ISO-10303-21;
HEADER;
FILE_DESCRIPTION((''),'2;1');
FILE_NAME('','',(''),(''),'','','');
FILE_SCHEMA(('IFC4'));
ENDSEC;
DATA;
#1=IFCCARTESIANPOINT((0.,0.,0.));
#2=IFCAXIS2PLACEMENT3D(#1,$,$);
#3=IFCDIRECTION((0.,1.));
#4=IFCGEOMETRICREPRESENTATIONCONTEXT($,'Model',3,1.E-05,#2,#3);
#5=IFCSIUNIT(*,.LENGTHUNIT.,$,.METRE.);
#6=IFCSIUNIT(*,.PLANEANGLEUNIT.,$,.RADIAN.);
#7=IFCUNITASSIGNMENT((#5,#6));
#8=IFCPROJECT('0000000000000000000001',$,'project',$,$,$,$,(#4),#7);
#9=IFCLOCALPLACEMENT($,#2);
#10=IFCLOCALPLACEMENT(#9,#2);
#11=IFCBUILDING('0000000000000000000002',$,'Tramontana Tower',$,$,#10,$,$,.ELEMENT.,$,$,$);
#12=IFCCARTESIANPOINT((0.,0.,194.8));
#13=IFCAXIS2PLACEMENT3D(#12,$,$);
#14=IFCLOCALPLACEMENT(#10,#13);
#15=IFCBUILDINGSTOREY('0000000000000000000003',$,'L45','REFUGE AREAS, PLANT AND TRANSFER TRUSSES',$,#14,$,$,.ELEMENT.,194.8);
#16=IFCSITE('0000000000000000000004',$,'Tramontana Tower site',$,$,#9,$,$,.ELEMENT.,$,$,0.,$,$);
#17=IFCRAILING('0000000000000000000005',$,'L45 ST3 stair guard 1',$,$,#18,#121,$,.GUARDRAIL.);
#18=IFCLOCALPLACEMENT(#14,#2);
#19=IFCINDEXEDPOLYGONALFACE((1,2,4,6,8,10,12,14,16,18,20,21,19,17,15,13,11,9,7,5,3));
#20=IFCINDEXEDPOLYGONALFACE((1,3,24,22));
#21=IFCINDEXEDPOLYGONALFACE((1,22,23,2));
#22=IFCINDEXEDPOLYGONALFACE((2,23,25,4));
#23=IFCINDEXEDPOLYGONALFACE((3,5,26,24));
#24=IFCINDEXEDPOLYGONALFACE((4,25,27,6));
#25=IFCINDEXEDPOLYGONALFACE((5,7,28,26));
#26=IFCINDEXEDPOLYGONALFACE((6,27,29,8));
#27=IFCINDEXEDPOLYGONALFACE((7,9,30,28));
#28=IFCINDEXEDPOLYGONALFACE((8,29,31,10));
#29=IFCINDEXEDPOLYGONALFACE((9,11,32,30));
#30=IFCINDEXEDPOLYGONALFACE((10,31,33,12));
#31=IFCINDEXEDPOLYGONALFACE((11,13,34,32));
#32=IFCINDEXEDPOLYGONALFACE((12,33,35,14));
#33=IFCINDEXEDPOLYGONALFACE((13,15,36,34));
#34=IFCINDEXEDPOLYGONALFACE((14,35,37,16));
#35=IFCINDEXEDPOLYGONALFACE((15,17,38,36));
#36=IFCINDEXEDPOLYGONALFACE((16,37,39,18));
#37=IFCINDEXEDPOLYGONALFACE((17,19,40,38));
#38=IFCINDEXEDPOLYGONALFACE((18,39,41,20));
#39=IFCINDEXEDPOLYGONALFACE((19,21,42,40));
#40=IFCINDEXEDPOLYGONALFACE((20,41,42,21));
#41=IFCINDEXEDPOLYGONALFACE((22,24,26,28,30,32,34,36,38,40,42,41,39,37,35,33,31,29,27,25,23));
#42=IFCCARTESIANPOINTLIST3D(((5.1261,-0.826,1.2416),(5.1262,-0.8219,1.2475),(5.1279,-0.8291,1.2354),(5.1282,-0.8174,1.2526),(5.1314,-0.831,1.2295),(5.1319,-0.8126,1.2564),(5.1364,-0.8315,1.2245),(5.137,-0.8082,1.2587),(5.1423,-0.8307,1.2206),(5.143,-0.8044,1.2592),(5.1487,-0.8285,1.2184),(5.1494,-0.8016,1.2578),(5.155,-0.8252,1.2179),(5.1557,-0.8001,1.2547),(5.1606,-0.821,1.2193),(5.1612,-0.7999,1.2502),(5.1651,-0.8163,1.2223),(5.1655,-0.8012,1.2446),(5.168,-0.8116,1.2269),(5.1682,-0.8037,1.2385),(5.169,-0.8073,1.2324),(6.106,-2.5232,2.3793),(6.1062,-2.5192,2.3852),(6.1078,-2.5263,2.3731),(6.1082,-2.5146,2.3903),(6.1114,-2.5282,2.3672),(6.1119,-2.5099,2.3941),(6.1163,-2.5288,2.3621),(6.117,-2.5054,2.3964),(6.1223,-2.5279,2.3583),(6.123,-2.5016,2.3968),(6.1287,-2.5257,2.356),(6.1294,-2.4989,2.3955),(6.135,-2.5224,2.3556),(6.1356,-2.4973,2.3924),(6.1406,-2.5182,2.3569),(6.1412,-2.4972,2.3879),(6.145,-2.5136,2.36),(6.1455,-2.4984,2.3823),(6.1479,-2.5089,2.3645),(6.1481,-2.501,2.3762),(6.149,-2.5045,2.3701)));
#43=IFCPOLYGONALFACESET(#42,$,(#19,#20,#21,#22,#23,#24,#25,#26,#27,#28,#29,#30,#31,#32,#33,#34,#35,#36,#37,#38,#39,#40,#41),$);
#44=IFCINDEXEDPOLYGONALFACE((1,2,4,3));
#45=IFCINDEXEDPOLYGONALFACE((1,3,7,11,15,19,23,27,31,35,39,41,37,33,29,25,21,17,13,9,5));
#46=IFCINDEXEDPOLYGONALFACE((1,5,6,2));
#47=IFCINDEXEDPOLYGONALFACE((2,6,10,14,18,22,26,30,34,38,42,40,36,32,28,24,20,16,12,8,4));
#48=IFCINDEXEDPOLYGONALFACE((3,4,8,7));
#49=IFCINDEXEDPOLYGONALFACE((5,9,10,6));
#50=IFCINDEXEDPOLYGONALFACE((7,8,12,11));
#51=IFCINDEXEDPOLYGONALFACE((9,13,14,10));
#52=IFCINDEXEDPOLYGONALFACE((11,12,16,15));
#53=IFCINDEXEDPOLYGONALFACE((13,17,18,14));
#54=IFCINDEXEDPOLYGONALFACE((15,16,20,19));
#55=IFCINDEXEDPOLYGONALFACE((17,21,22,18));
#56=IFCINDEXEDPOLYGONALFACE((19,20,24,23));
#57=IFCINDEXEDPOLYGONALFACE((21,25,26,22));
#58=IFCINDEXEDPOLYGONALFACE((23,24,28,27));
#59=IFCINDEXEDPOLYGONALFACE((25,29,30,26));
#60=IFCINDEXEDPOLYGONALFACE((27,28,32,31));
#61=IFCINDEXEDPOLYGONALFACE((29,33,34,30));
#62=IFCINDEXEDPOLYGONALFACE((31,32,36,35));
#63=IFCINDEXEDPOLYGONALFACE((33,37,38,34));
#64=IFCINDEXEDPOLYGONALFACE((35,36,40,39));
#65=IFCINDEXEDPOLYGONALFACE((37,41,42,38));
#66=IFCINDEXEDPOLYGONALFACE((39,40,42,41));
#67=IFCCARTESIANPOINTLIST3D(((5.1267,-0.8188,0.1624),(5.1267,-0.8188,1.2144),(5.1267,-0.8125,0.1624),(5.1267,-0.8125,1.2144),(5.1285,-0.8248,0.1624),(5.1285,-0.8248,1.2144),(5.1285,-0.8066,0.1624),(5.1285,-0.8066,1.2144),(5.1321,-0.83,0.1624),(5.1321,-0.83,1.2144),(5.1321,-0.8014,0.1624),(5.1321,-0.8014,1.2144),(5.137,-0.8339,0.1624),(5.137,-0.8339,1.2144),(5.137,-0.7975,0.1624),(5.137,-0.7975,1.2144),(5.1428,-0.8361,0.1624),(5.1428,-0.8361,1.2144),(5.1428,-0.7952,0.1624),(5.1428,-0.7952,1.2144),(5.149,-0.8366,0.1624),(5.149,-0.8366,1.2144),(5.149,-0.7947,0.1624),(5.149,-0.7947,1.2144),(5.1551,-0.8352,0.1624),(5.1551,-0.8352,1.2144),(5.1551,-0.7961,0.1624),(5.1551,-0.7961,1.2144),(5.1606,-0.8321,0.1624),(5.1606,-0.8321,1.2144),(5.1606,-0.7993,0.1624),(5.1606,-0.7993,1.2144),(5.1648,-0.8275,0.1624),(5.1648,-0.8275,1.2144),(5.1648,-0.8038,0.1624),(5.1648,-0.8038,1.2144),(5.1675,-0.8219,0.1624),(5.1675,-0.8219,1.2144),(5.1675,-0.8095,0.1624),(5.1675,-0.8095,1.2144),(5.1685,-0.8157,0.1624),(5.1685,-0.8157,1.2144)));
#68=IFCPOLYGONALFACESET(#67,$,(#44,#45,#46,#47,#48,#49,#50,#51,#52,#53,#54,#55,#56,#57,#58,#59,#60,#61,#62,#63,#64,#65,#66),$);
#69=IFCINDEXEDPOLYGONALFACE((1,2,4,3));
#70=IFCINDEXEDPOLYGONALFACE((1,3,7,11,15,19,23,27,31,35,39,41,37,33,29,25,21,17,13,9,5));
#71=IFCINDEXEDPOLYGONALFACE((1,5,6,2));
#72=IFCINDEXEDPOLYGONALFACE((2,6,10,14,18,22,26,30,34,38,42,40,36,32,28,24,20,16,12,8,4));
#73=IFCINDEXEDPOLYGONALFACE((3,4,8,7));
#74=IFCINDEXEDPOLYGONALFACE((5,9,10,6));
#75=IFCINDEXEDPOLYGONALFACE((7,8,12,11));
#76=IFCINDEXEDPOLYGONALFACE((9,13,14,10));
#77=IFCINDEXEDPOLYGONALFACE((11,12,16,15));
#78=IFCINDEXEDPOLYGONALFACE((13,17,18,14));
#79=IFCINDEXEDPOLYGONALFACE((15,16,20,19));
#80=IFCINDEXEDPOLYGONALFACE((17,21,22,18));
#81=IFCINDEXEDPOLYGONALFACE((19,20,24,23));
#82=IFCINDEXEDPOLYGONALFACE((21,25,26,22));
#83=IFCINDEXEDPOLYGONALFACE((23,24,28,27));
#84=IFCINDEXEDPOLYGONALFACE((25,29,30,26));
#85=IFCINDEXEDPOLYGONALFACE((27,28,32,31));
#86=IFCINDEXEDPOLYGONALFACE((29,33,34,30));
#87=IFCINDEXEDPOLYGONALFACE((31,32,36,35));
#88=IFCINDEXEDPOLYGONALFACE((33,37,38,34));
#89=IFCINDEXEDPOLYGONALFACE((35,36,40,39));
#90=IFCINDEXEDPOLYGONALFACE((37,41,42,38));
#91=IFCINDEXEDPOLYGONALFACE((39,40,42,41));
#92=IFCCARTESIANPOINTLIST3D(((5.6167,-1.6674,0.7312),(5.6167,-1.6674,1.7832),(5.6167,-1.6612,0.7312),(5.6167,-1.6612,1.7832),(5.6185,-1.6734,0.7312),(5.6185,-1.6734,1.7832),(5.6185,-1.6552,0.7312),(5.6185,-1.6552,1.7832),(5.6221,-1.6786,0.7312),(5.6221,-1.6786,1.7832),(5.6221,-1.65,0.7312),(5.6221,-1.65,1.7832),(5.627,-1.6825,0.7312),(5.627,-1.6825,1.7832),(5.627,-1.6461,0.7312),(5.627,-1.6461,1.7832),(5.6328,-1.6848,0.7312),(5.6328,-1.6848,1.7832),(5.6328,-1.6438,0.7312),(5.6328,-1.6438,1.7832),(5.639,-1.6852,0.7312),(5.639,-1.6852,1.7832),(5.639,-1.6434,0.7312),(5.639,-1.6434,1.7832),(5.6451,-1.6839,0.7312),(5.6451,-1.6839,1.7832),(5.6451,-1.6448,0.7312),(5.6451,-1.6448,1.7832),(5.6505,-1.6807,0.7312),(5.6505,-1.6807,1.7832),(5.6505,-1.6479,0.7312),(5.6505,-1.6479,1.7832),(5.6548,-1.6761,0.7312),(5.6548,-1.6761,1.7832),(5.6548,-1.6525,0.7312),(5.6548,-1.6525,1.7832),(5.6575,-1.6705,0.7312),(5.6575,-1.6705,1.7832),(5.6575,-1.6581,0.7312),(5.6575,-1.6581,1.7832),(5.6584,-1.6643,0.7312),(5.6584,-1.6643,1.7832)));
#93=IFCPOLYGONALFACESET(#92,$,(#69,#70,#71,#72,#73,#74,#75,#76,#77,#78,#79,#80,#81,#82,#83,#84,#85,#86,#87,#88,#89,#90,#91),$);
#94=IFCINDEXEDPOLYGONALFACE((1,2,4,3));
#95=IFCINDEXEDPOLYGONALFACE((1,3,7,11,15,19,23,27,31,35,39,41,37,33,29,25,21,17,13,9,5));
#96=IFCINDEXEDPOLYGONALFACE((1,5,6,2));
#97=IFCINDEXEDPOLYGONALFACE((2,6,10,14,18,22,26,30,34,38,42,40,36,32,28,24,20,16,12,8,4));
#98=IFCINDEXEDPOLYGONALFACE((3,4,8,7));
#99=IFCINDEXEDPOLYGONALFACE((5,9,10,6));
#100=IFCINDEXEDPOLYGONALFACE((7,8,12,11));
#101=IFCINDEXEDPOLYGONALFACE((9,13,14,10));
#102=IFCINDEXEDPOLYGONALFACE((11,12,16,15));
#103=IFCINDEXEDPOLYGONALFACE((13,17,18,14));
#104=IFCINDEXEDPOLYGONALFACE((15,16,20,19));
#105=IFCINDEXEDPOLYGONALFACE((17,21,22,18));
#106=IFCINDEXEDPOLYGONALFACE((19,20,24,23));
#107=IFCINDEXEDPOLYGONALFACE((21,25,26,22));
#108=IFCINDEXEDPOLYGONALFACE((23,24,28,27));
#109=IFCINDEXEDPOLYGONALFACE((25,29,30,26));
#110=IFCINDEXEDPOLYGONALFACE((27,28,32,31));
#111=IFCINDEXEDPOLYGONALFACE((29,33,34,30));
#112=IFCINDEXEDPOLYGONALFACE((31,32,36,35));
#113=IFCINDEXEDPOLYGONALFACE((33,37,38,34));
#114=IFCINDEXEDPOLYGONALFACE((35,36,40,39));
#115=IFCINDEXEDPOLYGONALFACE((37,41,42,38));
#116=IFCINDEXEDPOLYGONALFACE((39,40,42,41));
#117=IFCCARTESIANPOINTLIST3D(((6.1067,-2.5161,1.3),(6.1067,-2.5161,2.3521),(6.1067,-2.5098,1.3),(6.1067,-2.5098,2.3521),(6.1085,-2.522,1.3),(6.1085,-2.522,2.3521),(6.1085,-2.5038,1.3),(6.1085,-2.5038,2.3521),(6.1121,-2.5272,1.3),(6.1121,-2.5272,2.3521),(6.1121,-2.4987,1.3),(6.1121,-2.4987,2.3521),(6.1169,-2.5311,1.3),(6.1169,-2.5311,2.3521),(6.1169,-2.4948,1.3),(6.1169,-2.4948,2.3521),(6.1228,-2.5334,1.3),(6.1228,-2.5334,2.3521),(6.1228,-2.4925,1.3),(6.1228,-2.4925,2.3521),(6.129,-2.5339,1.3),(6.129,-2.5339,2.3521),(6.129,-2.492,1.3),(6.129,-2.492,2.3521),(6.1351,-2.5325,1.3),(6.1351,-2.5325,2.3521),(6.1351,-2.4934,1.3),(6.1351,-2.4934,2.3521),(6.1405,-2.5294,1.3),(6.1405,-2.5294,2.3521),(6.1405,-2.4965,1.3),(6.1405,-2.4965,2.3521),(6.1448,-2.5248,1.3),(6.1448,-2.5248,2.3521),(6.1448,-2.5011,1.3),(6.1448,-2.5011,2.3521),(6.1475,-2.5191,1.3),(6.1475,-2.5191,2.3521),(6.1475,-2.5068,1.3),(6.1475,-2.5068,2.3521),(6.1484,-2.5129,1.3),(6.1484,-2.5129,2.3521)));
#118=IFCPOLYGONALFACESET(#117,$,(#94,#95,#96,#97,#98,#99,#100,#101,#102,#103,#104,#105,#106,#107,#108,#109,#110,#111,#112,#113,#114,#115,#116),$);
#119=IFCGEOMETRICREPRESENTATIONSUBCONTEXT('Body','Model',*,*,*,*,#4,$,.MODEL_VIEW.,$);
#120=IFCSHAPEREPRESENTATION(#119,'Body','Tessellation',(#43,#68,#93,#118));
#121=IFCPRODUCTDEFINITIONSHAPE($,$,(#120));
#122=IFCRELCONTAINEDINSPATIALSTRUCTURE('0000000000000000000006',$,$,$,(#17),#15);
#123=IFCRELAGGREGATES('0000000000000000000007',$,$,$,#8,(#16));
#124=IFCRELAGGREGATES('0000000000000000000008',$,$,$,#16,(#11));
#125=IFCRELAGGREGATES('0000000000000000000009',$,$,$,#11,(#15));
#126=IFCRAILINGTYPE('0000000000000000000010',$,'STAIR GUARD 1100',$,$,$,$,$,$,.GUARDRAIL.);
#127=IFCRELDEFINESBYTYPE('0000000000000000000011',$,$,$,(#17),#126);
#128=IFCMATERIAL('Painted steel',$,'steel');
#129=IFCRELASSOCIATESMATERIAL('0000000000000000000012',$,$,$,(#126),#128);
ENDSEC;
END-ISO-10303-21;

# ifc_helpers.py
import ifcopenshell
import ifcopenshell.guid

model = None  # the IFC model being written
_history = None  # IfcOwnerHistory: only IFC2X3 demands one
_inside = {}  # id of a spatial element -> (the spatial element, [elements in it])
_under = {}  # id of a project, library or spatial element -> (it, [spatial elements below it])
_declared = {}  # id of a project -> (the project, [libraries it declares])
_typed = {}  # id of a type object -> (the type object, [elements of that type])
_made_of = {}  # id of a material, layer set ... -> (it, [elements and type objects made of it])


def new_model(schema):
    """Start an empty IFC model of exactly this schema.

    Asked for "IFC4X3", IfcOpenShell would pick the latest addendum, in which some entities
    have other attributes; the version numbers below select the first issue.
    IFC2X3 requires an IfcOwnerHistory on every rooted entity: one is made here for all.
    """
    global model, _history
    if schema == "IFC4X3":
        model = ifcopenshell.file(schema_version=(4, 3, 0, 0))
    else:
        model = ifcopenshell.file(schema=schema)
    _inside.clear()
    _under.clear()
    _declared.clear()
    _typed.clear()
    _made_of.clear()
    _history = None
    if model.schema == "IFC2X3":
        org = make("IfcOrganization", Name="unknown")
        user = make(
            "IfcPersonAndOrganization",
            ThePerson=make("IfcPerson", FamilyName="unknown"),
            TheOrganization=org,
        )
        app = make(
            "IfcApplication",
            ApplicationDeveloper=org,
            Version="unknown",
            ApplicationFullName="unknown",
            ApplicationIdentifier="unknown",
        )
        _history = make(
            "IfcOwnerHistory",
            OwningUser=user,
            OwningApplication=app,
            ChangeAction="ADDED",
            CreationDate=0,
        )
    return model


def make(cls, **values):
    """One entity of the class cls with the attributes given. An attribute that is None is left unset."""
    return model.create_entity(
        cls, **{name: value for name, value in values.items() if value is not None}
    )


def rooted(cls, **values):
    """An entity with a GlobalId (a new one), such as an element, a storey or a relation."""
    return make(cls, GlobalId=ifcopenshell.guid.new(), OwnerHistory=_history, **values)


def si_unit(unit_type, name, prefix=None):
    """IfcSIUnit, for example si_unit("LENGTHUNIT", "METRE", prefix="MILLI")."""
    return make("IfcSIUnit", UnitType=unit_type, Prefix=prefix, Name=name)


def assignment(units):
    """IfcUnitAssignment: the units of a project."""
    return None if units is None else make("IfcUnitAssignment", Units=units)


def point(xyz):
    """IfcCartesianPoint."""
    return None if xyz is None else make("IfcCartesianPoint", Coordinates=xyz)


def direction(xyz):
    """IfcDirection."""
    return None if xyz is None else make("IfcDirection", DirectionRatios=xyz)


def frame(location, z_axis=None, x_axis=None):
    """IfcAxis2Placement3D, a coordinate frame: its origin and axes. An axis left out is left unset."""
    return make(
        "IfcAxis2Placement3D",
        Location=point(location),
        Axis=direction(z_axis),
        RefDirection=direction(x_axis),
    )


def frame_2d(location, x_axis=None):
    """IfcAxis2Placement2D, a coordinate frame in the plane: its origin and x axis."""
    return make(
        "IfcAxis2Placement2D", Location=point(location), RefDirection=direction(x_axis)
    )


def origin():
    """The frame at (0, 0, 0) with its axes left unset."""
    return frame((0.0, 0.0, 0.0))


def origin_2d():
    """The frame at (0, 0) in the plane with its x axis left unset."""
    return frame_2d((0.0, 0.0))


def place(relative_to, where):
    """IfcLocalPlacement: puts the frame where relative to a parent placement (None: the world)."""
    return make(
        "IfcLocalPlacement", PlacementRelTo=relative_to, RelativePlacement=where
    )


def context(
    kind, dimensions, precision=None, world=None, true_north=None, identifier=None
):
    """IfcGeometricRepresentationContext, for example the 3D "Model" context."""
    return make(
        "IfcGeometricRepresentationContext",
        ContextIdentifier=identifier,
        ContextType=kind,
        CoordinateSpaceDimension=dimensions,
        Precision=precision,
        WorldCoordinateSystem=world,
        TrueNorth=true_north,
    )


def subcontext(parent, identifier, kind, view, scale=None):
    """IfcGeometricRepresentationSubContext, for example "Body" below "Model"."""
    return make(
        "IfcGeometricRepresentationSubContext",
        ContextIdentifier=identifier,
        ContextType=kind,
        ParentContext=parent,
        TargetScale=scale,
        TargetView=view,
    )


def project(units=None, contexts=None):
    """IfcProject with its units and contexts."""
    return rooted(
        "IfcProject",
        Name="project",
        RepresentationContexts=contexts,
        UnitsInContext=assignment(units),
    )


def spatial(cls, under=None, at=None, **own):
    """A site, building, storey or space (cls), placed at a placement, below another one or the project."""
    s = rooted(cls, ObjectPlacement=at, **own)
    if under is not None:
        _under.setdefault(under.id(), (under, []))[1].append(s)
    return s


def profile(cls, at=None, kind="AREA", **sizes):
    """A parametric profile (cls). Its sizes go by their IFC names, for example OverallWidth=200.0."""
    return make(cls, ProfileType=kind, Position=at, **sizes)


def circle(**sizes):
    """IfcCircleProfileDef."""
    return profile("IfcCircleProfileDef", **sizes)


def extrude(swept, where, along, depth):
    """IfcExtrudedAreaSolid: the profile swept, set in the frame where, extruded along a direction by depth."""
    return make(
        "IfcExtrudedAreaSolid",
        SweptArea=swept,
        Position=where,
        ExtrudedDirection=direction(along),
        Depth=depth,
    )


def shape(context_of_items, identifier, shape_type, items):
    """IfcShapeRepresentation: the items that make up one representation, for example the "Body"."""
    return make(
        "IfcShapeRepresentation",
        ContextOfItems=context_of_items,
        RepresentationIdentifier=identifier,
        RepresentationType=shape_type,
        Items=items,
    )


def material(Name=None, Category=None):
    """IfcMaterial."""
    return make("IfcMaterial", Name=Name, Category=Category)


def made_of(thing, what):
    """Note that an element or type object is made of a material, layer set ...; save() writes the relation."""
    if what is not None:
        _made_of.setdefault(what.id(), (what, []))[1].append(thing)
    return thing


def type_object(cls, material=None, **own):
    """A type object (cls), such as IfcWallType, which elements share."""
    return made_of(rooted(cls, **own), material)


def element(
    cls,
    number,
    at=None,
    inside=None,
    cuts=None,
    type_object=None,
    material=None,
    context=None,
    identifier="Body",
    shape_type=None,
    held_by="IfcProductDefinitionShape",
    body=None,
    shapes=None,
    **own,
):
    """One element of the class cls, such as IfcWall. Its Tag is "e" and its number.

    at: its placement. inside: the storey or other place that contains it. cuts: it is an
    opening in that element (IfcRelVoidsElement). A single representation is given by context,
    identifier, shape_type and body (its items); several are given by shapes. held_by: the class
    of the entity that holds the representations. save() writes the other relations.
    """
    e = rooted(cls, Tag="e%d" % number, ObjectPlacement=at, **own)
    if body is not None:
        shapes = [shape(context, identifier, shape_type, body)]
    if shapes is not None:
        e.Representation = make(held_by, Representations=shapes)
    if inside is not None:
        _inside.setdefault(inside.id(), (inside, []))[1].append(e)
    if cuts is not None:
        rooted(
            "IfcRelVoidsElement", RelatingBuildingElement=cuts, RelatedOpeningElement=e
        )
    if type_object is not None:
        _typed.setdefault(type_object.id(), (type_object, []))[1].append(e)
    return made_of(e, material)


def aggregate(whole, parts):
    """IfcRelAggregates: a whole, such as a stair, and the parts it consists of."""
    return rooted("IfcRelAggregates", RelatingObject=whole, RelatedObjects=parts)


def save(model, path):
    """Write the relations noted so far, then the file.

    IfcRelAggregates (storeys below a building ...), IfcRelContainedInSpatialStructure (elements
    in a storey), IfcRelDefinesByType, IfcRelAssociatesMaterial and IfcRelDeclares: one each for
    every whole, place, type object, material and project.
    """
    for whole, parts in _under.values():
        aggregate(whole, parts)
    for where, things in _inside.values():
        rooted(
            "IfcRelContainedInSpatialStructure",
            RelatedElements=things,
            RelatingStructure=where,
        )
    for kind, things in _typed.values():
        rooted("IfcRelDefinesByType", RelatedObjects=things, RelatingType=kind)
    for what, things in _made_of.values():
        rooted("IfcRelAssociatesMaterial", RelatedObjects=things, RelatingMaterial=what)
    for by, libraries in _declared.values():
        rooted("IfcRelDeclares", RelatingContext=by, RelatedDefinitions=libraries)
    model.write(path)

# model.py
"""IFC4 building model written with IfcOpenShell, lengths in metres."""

from ifc_helpers import new_model, si_unit, direction, frame, origin, origin_2d, place, context, subcontext, project, spatial, circle, extrude, material, type_object, element, save


model = new_model("IFC4")

# Units and contexts
model_context = context("Model", 3, precision=1e-05, world=origin(), true_north=direction((0.0, 1.0)))
body_context = subcontext(model_context, "Body", "Model", "MODEL_VIEW")
ifc_project = project(units=[si_unit("LENGTHUNIT", "METRE"), si_unit("PLANEANGLEUNIT", "RADIAN")], contexts=[model_context])

# Site, building, storey
site_placement = place(None, origin())
site = spatial("IfcSite", under=ifc_project, at=site_placement, Name="Tramontana Tower site", CompositionType="ELEMENT", RefElevation=0.0)
building_placement = place(site_placement, origin())
building = spatial("IfcBuilding", under=site, at=building_placement, Name="Tramontana Tower", CompositionType="ELEMENT")
storey_placement = place(building_placement, frame((0.0, 0.0, 194.8)))
storey = spatial("IfcBuildingStorey", under=building, at=storey_placement, Name="L45", Description="REFUGE AREAS, PLANT AND TRANSFER TRUSSES", CompositionType="ELEMENT", Elevation=194.8)

# Railing
ifc_material_1 = material(Name="Painted steel", Category="steel")
railing_type_1 = type_object("IfcRailingType", Name="STAIR GUARD 1100", PredefinedType="GUARDRAIL", material=ifc_material_1)
railing_1_placement = place(storey_placement, frame((5.1475, -0.8157, 0.1624)))
element("IfcRailing", 1, at=railing_1_placement, inside=storey, type_object=railing_type_1, Name="L45 ST3 stair guard 1", PredefinedType="GUARDRAIL", context=body_context, shape_type="SweptSolid", body=[
    extrude(circle(Radius=0.0239, at=origin_2d()), frame((0.0, 0.0, 1.0762), z_axis=(0.432443, -0.748965, 0.502039), x_axis=(0.866011, 0.500024, 0.0)), (0.0, 0.0, 1.0), 2.2661),
    extrude(circle(Radius=0.021, at=origin_2d()), origin(), (0.0, 0.0, 1.0), 1.052),
    extrude(circle(Radius=0.021, at=origin_2d()), frame((0.49, -0.8486, 0.5688)), (0.0, 0.0, 1.0), 1.052),
    extrude(circle(Radius=0.021, at=origin_2d()), frame((0.98, -1.6973, 1.1377)), (0.0, 0.0, 1.0), 1.052),
])

save(model, "model.ifc")
